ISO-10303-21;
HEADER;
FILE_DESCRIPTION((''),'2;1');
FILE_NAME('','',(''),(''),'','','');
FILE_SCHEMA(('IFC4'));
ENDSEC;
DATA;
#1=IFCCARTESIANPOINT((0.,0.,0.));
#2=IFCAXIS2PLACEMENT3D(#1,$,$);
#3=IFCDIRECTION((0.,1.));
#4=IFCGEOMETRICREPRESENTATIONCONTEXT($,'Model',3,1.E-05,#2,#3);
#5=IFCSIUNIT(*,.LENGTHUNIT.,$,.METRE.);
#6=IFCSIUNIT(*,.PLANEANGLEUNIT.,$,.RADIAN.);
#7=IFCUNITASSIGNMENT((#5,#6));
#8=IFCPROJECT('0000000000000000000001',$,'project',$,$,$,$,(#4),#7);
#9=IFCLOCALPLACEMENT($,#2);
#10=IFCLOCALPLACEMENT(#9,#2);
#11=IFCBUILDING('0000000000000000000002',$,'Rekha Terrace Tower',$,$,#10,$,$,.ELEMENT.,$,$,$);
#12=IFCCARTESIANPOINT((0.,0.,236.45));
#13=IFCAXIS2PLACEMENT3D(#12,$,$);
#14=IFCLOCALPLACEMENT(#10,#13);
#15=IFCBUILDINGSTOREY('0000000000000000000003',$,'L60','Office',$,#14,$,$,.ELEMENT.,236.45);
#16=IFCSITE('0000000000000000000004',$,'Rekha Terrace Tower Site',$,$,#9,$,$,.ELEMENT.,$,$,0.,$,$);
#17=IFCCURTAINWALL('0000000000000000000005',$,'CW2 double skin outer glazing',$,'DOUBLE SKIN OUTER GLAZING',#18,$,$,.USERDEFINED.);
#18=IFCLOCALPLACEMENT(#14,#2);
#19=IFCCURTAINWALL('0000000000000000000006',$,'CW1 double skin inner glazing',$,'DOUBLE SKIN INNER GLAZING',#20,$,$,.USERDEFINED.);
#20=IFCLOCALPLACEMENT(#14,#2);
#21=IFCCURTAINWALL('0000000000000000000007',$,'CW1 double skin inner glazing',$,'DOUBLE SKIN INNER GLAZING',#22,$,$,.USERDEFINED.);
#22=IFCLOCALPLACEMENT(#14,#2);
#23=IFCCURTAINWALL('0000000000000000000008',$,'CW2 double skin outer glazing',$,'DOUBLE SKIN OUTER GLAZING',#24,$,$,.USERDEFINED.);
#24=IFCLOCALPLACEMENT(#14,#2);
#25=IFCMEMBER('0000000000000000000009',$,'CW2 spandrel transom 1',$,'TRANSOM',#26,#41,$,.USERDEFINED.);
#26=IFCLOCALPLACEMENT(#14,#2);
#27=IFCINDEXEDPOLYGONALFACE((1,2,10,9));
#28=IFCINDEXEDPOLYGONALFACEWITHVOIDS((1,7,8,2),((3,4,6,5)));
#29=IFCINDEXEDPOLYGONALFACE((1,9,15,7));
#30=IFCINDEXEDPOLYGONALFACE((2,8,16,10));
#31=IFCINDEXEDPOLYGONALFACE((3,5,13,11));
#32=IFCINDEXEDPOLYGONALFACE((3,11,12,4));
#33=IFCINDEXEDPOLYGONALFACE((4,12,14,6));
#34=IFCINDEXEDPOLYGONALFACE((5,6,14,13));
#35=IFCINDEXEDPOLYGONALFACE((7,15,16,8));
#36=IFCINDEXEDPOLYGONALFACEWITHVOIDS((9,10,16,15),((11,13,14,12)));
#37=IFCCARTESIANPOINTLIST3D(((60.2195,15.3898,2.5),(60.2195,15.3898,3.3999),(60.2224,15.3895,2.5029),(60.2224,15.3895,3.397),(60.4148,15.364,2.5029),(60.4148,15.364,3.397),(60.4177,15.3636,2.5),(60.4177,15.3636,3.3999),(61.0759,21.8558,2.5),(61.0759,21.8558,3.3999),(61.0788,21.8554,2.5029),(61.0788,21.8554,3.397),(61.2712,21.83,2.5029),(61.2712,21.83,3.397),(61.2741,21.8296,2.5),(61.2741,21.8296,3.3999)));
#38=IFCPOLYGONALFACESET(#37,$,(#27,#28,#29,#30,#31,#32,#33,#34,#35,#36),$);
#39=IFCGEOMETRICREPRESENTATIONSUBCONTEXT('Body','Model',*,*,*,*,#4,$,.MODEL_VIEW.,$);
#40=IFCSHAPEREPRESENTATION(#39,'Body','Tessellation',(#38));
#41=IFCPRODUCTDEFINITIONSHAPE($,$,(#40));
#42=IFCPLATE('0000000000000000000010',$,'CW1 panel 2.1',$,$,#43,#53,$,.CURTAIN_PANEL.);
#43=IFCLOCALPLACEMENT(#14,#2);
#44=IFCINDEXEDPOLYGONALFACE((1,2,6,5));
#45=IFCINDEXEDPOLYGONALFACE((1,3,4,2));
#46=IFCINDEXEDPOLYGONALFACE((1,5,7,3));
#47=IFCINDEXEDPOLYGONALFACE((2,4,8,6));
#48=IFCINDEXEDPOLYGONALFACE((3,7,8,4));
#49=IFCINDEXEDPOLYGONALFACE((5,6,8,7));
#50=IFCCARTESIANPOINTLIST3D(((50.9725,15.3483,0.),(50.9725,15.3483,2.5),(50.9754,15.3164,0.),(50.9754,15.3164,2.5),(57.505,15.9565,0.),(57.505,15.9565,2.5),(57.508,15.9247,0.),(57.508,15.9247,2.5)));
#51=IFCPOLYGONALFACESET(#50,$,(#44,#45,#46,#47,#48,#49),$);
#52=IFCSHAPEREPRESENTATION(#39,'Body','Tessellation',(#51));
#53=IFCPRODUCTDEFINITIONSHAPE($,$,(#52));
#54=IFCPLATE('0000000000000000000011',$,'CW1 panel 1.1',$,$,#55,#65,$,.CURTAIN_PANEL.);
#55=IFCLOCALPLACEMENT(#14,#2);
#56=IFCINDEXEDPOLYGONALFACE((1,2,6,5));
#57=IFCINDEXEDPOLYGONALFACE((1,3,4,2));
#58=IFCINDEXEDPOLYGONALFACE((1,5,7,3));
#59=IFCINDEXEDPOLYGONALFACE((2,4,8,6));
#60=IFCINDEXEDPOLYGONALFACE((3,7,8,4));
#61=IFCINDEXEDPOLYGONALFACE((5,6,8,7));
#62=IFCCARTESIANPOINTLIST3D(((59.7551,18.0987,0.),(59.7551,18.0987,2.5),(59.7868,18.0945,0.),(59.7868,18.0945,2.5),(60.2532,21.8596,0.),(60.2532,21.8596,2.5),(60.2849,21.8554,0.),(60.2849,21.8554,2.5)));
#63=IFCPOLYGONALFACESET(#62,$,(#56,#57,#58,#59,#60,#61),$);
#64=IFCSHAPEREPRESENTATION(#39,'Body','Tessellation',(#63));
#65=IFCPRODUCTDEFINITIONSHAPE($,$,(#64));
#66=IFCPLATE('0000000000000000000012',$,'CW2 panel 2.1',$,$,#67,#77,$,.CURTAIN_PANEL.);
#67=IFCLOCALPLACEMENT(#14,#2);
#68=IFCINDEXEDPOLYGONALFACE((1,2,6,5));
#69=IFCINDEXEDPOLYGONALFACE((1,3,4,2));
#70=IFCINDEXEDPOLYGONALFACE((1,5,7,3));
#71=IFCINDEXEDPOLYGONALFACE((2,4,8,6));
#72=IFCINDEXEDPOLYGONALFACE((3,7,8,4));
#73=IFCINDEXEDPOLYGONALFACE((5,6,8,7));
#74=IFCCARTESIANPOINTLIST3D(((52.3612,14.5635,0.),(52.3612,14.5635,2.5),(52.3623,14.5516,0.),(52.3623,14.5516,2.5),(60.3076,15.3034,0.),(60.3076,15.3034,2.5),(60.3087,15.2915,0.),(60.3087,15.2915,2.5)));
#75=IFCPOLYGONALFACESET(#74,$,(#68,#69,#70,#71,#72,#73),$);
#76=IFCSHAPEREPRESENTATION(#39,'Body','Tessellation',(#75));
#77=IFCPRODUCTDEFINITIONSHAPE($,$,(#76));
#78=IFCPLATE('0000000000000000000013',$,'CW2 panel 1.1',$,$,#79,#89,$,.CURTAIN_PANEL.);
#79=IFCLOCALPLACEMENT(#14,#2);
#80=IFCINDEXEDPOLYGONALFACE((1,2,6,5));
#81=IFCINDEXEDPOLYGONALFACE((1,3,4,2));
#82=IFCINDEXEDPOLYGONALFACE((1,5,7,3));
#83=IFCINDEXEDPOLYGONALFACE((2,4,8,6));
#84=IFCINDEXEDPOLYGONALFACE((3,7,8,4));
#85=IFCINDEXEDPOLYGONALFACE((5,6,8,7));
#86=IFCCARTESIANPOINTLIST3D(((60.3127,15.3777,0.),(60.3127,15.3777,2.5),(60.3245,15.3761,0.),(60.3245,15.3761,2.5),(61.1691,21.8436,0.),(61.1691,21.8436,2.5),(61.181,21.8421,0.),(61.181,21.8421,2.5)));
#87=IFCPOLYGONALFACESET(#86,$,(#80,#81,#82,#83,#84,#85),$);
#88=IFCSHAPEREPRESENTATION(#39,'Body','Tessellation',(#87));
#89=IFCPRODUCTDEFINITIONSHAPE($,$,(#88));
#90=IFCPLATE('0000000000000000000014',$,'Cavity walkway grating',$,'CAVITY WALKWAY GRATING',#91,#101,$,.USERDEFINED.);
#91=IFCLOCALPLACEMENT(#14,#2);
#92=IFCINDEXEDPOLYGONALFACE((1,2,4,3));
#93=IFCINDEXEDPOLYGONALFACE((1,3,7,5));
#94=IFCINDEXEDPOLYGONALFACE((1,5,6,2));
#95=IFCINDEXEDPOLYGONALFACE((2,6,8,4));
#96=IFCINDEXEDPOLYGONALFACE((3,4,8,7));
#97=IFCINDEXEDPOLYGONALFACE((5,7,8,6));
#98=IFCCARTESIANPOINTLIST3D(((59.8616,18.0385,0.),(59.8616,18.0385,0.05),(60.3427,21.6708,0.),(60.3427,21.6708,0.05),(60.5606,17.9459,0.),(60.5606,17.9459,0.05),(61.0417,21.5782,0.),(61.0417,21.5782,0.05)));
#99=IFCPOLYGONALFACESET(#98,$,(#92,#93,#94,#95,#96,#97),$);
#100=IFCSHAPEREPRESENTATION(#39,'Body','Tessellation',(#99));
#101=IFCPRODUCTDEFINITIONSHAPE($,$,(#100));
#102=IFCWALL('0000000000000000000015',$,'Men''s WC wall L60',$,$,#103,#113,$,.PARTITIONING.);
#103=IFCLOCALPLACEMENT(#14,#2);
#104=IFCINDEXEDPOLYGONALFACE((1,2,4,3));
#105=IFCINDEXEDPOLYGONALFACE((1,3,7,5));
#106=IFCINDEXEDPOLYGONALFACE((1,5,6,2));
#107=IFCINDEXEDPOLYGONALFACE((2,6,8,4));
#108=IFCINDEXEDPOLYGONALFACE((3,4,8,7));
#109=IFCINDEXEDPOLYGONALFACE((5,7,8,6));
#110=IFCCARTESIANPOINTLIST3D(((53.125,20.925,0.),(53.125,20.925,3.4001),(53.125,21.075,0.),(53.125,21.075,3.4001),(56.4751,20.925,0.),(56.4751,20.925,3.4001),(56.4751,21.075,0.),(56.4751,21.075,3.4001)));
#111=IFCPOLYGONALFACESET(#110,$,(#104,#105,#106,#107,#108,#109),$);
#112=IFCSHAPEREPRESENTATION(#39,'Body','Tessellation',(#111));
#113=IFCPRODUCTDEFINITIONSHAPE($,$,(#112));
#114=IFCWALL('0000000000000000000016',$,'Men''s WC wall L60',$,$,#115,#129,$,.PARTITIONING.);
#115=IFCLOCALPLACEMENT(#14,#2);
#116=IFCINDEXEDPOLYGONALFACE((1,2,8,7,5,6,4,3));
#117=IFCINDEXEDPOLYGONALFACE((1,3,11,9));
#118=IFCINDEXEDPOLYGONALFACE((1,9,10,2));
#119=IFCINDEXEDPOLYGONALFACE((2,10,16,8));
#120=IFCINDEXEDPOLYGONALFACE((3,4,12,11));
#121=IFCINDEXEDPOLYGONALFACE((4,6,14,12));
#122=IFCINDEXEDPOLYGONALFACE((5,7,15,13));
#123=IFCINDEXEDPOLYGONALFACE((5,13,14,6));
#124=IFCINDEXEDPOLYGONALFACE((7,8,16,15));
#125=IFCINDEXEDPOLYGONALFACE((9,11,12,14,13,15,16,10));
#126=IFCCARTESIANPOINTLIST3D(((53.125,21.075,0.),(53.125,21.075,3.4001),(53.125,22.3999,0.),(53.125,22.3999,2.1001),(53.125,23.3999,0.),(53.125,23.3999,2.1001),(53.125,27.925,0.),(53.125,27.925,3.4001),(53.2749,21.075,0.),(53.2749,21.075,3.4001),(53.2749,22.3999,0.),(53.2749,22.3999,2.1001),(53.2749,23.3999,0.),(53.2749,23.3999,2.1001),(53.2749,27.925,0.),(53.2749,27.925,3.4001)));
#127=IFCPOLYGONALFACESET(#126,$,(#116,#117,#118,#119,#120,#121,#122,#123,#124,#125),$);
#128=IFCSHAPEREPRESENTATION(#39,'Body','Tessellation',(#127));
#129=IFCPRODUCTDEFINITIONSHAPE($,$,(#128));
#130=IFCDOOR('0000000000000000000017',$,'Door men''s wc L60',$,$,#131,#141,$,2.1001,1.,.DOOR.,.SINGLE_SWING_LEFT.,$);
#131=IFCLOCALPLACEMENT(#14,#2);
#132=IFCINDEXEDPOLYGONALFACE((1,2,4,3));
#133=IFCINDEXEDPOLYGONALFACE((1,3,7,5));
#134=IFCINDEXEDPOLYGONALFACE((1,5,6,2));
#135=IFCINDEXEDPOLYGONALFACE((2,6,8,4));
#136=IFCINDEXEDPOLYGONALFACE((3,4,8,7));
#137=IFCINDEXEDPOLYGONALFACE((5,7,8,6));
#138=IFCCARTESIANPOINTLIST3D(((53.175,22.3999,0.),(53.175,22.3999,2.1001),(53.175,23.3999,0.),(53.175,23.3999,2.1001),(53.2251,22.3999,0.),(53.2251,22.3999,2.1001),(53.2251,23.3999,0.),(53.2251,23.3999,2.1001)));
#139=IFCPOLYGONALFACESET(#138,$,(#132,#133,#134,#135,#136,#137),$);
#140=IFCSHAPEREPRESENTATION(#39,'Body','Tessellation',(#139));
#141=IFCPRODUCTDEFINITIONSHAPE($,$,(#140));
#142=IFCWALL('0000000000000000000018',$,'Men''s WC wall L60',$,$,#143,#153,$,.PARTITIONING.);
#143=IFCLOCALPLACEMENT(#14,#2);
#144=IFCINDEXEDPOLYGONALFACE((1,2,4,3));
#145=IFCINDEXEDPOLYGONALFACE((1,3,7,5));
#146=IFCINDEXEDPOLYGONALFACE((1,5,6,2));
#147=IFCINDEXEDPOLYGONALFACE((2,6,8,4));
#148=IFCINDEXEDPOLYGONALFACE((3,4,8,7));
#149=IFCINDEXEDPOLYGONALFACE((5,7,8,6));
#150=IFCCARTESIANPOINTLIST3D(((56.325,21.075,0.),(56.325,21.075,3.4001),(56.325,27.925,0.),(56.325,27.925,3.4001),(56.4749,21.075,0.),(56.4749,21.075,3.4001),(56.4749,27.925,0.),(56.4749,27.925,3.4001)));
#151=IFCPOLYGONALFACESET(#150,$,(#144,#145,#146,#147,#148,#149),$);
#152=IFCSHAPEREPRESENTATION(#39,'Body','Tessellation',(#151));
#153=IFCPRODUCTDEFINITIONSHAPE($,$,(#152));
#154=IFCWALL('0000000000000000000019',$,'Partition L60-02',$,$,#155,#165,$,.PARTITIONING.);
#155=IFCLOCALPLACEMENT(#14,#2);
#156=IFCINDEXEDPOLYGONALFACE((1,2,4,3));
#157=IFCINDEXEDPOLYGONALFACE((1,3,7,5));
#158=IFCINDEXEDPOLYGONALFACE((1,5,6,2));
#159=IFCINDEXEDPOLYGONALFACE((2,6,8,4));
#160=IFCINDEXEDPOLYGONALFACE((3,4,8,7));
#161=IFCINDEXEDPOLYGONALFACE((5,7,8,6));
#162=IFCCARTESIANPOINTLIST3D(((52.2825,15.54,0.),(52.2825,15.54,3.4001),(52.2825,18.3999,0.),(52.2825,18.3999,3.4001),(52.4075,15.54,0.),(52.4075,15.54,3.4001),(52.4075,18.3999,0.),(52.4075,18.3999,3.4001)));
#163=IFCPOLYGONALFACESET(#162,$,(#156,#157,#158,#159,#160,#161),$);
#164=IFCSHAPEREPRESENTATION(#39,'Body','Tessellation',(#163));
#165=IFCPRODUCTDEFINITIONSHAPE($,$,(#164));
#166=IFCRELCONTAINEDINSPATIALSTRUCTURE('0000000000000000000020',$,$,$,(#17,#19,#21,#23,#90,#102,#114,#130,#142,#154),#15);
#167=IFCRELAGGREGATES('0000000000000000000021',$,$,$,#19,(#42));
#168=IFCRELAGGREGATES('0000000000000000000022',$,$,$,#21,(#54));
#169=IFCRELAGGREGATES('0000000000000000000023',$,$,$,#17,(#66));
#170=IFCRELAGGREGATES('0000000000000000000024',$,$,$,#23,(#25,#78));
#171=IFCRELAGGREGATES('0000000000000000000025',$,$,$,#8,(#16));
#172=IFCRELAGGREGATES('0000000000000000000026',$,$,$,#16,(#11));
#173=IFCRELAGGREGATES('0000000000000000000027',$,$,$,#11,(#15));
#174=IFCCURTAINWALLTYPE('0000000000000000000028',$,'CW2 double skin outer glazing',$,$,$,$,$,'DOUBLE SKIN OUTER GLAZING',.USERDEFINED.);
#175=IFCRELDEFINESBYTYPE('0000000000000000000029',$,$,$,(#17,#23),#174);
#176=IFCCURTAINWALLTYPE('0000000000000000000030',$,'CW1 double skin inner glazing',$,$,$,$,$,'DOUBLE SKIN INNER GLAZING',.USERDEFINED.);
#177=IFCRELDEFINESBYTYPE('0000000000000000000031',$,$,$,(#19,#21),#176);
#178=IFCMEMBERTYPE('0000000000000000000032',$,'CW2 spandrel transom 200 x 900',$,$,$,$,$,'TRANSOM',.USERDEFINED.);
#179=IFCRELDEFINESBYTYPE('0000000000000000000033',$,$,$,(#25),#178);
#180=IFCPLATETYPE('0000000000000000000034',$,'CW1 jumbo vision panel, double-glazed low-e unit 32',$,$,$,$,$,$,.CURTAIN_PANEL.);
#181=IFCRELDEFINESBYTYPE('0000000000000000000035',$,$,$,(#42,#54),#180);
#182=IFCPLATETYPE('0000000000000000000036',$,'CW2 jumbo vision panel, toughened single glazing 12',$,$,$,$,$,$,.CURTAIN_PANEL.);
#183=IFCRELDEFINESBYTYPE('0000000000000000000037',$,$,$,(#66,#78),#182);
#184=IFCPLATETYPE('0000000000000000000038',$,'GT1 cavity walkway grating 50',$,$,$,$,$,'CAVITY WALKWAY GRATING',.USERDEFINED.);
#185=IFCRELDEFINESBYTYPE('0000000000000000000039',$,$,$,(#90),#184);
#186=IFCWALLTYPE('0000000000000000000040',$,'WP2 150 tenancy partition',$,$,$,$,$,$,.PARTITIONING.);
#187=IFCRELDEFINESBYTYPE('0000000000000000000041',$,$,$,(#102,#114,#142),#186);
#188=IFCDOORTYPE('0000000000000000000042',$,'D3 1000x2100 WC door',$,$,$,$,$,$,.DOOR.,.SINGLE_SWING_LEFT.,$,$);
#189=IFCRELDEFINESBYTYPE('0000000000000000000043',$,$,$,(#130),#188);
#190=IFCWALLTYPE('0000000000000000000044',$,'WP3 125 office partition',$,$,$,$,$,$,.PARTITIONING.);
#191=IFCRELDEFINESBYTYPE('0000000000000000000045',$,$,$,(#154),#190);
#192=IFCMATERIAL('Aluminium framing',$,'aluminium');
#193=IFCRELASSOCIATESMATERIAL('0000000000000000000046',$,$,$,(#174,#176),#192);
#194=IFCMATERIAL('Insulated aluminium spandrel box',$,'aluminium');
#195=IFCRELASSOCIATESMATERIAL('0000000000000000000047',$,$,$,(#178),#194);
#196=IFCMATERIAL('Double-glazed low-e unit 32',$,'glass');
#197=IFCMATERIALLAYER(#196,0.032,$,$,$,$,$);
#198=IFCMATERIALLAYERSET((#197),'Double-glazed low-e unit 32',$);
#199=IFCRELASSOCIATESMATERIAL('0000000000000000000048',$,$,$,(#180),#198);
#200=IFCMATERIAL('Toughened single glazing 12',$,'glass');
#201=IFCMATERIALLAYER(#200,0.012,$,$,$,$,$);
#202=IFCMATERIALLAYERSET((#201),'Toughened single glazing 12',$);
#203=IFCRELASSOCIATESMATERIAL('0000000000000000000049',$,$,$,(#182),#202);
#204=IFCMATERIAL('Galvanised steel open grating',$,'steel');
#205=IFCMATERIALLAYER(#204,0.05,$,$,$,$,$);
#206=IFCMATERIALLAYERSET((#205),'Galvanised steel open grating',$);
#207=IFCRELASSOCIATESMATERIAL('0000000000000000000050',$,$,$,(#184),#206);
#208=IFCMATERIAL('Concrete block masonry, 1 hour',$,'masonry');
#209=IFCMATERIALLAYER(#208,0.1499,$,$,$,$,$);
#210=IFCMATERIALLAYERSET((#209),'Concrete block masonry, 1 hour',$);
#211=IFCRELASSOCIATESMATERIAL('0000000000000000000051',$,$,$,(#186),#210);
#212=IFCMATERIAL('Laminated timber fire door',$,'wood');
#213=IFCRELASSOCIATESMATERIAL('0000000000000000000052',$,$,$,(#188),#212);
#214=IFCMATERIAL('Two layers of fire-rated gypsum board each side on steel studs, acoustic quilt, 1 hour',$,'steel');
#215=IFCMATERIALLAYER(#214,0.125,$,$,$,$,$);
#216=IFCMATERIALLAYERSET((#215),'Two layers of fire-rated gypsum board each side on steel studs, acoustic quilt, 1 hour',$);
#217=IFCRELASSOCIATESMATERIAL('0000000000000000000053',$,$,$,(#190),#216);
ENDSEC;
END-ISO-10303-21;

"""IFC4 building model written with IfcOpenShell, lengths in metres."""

from ifc_helpers import new_model, si_unit, direction, frame, frame_2d, origin, origin_2d, place, context, subcontext, project, spatial, rectangle, hollow_rectangle, extrude, material, layer, layer_set, material_profile, profile_set, type_object, element, fill, aggregate, save


model = new_model("IFC4")

# Units and contexts
model_context = context("Model", 3, precision=1e-05, world=origin(), true_north=direction((0.0, 1.0)))
body_context = subcontext(model_context, "Body", "Model", "MODEL_VIEW")
ifc_project = project(units=[si_unit("LENGTHUNIT", "METRE"), si_unit("PLANEANGLEUNIT", "RADIAN")], contexts=[model_context])

# Site, building, storey
site_placement = place(None, origin())
site = spatial("IfcSite", under=ifc_project, at=site_placement, Name="Rekha Terrace Tower Site", CompositionType="ELEMENT", RefElevation=0.0)
building_placement = place(site_placement, origin())
building = spatial("IfcBuilding", under=site, at=building_placement, Name="Rekha Terrace Tower", CompositionType="ELEMENT")
storey_placement = place(building_placement, frame((0.0, 0.0, 236.45)))
storey = spatial("IfcBuildingStorey", under=building, at=storey_placement, Name="L60", Description="Office", CompositionType="ELEMENT", Elevation=236.45)

# Curtain walls
ifc_material_1 = material(Name="Aluminium framing", Category="aluminium")
curtain_wall_type_1 = type_object("IfcCurtainWallType", Name="CW2 double skin outer glazing", ElementType="DOUBLE SKIN OUTER GLAZING", PredefinedType="USERDEFINED", material=ifc_material_1)
curtain_wall_1_placement = place(storey_placement, origin())
curtain_wall_1 = element("IfcCurtainWall", 1, at=curtain_wall_1_placement, inside=storey, type_object=curtain_wall_type_1, Name="CW2 double skin outer glazing", ObjectType="DOUBLE SKIN OUTER GLAZING", PredefinedType="USERDEFINED")
curtain_wall_type_2 = type_object("IfcCurtainWallType", Name="CW1 double skin inner glazing", ElementType="DOUBLE SKIN INNER GLAZING", PredefinedType="USERDEFINED", material=ifc_material_1)
curtain_wall_2_placement = place(storey_placement, origin())
curtain_wall_2 = element("IfcCurtainWall", 2, at=curtain_wall_2_placement, inside=storey, type_object=curtain_wall_type_2, Name="CW1 double skin inner glazing", ObjectType="DOUBLE SKIN INNER GLAZING", PredefinedType="USERDEFINED")

# Curtain walls
curtain_wall_3_placement = place(storey_placement, origin())
curtain_wall_3 = element("IfcCurtainWall", 3, at=curtain_wall_3_placement, inside=storey, type_object=curtain_wall_type_2, Name="CW1 double skin inner glazing", ObjectType="DOUBLE SKIN INNER GLAZING", PredefinedType="USERDEFINED")
ifc_material_2 = material(Name="Insulated aluminium spandrel box", Category="aluminium")
curtain_wall_4_placement = place(storey_placement, origin())
curtain_wall_4 = element("IfcCurtainWall", 4, at=curtain_wall_4_placement, inside=storey, type_object=curtain_wall_type_1, Name="CW2 double skin outer glazing", ObjectType="DOUBLE SKIN OUTER GLAZING", PredefinedType="USERDEFINED")

# Member
ifc_material_profile_1 = material_profile(ifc_material_2, hollow_rectangle(XDim=0.2, YDim=0.8999, WallThickness=0.0029, at=origin_2d()), Name="AL SPANDREL BOX 200x900")
ifc_profile_set_1 = profile_set([ifc_material_profile_1], Name="Insulated aluminium spandrel box")
member_type_1 = type_object("IfcMemberType", Name="CW2 spandrel transom 200 x 900", ElementType="TRANSOM", PredefinedType="USERDEFINED", material=ifc_profile_set_1)
member_1_placement = place(storey_placement, frame((60.3186, 15.3767, 2.95), z_axis=(0.131306, 0.991342, 0.0), x_axis=(-0.991342, 0.131306, 0.0)))
member_1 = element("IfcMember", 5, at=member_1_placement, type_object=member_type_1, Name="CW2 spandrel transom 1", ObjectType="TRANSOM", PredefinedType="USERDEFINED", context=body_context, shape_type="SweptSolid", body=[
    extrude(hollow_rectangle(XDim=0.2, YDim=0.8999, WallThickness=0.0029, at=origin_2d()), origin(), (0.0, 0.0, 1.0), 6.5225),
])

# Plates
ifc_material_3 = material(Name="Double-glazed low-e unit 32", Category="glass")
ifc_layer_1 = layer(ifc_material_3, 0.032)
ifc_layer_set_1 = layer_set([ifc_layer_1], Name="Double-glazed low-e unit 32")
plate_type_1 = type_object("IfcPlateType", Name="CW1 jumbo vision panel, double-glazed low-e unit 32", PredefinedType="CURTAIN_PANEL", material=ifc_layer_set_1)
plate_1_placement = place(storey_placement, frame((54.2402, 15.6365, 0.0), z_axis=(0.0, 0.0, 1.0), x_axis=(0.995693, 0.092709, 0.0)))
plate_1 = element("IfcPlate", 6, at=plate_1_placement, type_object=plate_type_1, Name="CW1 panel 2.1", PredefinedType="CURTAIN_PANEL", context=body_context, shape_type="SweptSolid", body=[
    extrude(rectangle(XDim=6.5608, YDim=0.032, at=origin_2d()), origin(), (0.0, 0.0, 1.0), 2.5),
])
aggregate(curtain_wall_2, [plate_1])
plate_2_placement = place(storey_placement, frame((60.02, 19.9771, 0.0), z_axis=(0.0, 0.0, 1.0), x_axis=(0.131304, 0.991342, 0.0)))
plate_2 = element("IfcPlate", 7, at=plate_2_placement, type_object=plate_type_1, Name="CW1 panel 1.1", PredefinedType="CURTAIN_PANEL", context=body_context, shape_type="SweptSolid", body=[
    extrude(rectangle(XDim=3.7937, YDim=0.032, at=origin_2d()), origin(), (0.0, 0.0, 1.0), 2.5),
])
aggregate(curtain_wall_3, [plate_2])
ifc_material_4 = material(Name="Toughened single glazing 12", Category="glass")
ifc_layer_2 = layer(ifc_material_4, 0.012)
ifc_layer_set_2 = layer_set([ifc_layer_2], Name="Toughened single glazing 12")
plate_type_2 = type_object("IfcPlateType", Name="CW2 jumbo vision panel, toughened single glazing 12", PredefinedType="CURTAIN_PANEL", material=ifc_layer_set_2)
plate_3_placement = place(storey_placement, frame((56.335, 14.9275, 0.0), z_axis=(0.0, 0.0, 1.0), x_axis=(0.995693, 0.092709, 0.0)))
plate_3 = element("IfcPlate", 8, at=plate_3_placement, type_object=plate_type_2, Name="CW2 panel 2.1", PredefinedType="CURTAIN_PANEL", context=body_context, shape_type="SweptSolid", body=[
    extrude(rectangle(XDim=7.9807, YDim=0.012, at=origin_2d()), origin(), (0.0, 0.0, 1.0), 2.5),
])
aggregate(curtain_wall_1, [plate_3])
plate_4_placement = place(storey_placement, frame((60.7468, 18.6099, 0.0), z_axis=(0.0, 0.0, 1.0), x_axis=(0.131304, 0.991342, 0.0)))
plate_4 = element("IfcPlate", 9, at=plate_4_placement, type_object=plate_type_2, Name="CW2 panel 1.1", PredefinedType="CURTAIN_PANEL", context=body_context, shape_type="SweptSolid", body=[
    extrude(rectangle(XDim=6.5225, YDim=0.012, at=origin_2d()), origin(), (0.0, 0.0, 1.0), 2.5),
])
aggregate(curtain_wall_4, [member_1, plate_4])
ifc_material_5 = material(Name="Galvanised steel open grating", Category="steel")
ifc_layer_3 = layer(ifc_material_5, 0.05)
ifc_layer_set_3 = layer_set([ifc_layer_3], Name="Galvanised steel open grating")
plate_type_3 = type_object("IfcPlateType", Name="GT1 cavity walkway grating 50", ElementType="CAVITY WALKWAY GRATING", PredefinedType="USERDEFINED", material=ifc_layer_set_3)
plate_5_placement = place(storey_placement, frame((60.4517, 19.8083, 0.0), z_axis=(0.0, 0.0, 1.0), x_axis=(0.131304, 0.991342, 0.0)))
element("IfcPlate", 10, at=plate_5_placement, inside=storey, type_object=plate_type_3, Name="Cavity walkway grating", ObjectType="CAVITY WALKWAY GRATING", PredefinedType="USERDEFINED", context=body_context, shape_type="SweptSolid", body=[
    extrude(rectangle(XDim=3.6641, YDim=0.7051, at=origin_2d()), origin(), (0.0, 0.0, 1.0), 0.05),
])

# Wall
ifc_material_6 = material(Name="Concrete block masonry, 1 hour", Category="masonry")
ifc_layer_4 = layer(ifc_material_6, 0.1499)
ifc_layer_set_4 = layer_set([ifc_layer_4], Name="Concrete block masonry, 1 hour")
wall_type_1 = type_object("IfcWallType", Name="WP2 150 tenancy partition", PredefinedType="PARTITIONING", material=ifc_layer_set_4)
wall_1_placement = place(storey_placement, frame((53.125, 21.0, 0.0), z_axis=(0.0, 0.0, 1.0), x_axis=(1.0, 0.0, 0.0)))
element("IfcWall", 11, at=wall_1_placement, inside=storey, type_object=wall_type_1, Name="Men's WC wall L60", PredefinedType="PARTITIONING", context=body_context, shape_type="SweptSolid", body=[
    extrude(rectangle(XDim=3.3501, YDim=0.1499, at=frame_2d((1.675, 0.0))), origin(), (0.0, 0.0, 1.0), 3.4001),
])

# Wall, opening, door
wall_2_placement = place(storey_placement, frame((53.2, 21.075, 0.0), z_axis=(0.0, 0.0, 1.0), x_axis=(0.0, 1.0, 0.0)))
wall_2 = element("IfcWall", 12, at=wall_2_placement, inside=storey, type_object=wall_type_1, Name="Men's WC wall L60", PredefinedType="PARTITIONING", context=body_context, shape_type="SweptSolid", body=[
    extrude(rectangle(XDim=6.8501, YDim=0.1499, at=frame_2d((3.425, 0.0))), origin(), (0.0, 0.0, 1.0), 3.4001),
])
opening_1_placement = place(wall_2_placement, frame((1.325, 0.0, 0.0)))
opening_1 = element("IfcOpeningElement", 13, at=opening_1_placement, cuts=wall_2, PredefinedType="OPENING", context=body_context, shape_type="SweptSolid", body=[
    extrude(rectangle(XDim=1.0, YDim=2.1001, at=frame_2d((0.5, 1.05))), frame((0.0, 0.085, 0.0), z_axis=(0.0, -1.0, 0.0), x_axis=(1.0, 0.0, 0.0)), (0.0, 0.0, 1.0), 0.1699),
])
ifc_material_7 = material(Name="Laminated timber fire door", Category="wood")
door_type_1 = type_object("IfcDoorType", Name="D3 1000x2100 WC door", OperationType="SINGLE_SWING_LEFT", PredefinedType="DOOR", material=ifc_material_7)
door_1_placement = place(opening_1_placement, origin())
door_1 = element("IfcDoor", 14, at=door_1_placement, inside=storey, type_object=door_type_1, Name="Door men's wc L60", OperationType="SINGLE_SWING_LEFT", OverallHeight=2.1001, OverallWidth=1.0, PredefinedType="DOOR", context=body_context, shape_type="SweptSolid", body=[
    extrude(rectangle(XDim=1.0, YDim=2.1001, at=frame_2d((0.5, 1.05))), frame((0.0, 0.0249, 0.0), z_axis=(0.0, -1.0, 0.0), x_axis=(1.0, 0.0, 0.0)), (0.0, 0.0, 1.0), 0.05),
])
fill(opening_1, door_1)

# Walls
wall_3_placement = place(storey_placement, frame((56.3999, 21.075, 0.0), z_axis=(0.0, 0.0, 1.0), x_axis=(0.0, 1.0, 0.0)))
element("IfcWall", 15, at=wall_3_placement, inside=storey, type_object=wall_type_1, Name="Men's WC wall L60", PredefinedType="PARTITIONING", context=body_context, shape_type="SweptSolid", body=[
    extrude(rectangle(XDim=6.8501, YDim=0.1499, at=frame_2d((3.425, 0.0))), origin(), (0.0, 0.0, 1.0), 3.4001),
])
ifc_material_8 = material(Name="Two layers of fire-rated gypsum board each side on steel studs, acoustic quilt, 1 hour", Category="steel")
ifc_layer_5 = layer(ifc_material_8, 0.125)
ifc_layer_set_5 = layer_set([ifc_layer_5], Name="Two layers of fire-rated gypsum board each side on steel studs, acoustic quilt, 1 hour")
wall_type_2 = type_object("IfcWallType", Name="WP3 125 office partition", PredefinedType="PARTITIONING", material=ifc_layer_set_5)
wall_4_placement = place(storey_placement, frame((52.345, 18.3999, 0.0), z_axis=(0.0, 0.0, 1.0), x_axis=(0.0, -1.0, 0.0)))
element("IfcWall", 16, at=wall_4_placement, inside=storey, type_object=wall_type_2, Name="Partition L60-02", PredefinedType="PARTITIONING", context=body_context, shape_type="SweptSolid", body=[
    extrude(rectangle(XDim=2.8599, YDim=0.125, at=frame_2d((1.4299, 0.0))), origin(), (0.0, 0.0, 1.0), 3.4001),
])

save(model, "model.ifc")
